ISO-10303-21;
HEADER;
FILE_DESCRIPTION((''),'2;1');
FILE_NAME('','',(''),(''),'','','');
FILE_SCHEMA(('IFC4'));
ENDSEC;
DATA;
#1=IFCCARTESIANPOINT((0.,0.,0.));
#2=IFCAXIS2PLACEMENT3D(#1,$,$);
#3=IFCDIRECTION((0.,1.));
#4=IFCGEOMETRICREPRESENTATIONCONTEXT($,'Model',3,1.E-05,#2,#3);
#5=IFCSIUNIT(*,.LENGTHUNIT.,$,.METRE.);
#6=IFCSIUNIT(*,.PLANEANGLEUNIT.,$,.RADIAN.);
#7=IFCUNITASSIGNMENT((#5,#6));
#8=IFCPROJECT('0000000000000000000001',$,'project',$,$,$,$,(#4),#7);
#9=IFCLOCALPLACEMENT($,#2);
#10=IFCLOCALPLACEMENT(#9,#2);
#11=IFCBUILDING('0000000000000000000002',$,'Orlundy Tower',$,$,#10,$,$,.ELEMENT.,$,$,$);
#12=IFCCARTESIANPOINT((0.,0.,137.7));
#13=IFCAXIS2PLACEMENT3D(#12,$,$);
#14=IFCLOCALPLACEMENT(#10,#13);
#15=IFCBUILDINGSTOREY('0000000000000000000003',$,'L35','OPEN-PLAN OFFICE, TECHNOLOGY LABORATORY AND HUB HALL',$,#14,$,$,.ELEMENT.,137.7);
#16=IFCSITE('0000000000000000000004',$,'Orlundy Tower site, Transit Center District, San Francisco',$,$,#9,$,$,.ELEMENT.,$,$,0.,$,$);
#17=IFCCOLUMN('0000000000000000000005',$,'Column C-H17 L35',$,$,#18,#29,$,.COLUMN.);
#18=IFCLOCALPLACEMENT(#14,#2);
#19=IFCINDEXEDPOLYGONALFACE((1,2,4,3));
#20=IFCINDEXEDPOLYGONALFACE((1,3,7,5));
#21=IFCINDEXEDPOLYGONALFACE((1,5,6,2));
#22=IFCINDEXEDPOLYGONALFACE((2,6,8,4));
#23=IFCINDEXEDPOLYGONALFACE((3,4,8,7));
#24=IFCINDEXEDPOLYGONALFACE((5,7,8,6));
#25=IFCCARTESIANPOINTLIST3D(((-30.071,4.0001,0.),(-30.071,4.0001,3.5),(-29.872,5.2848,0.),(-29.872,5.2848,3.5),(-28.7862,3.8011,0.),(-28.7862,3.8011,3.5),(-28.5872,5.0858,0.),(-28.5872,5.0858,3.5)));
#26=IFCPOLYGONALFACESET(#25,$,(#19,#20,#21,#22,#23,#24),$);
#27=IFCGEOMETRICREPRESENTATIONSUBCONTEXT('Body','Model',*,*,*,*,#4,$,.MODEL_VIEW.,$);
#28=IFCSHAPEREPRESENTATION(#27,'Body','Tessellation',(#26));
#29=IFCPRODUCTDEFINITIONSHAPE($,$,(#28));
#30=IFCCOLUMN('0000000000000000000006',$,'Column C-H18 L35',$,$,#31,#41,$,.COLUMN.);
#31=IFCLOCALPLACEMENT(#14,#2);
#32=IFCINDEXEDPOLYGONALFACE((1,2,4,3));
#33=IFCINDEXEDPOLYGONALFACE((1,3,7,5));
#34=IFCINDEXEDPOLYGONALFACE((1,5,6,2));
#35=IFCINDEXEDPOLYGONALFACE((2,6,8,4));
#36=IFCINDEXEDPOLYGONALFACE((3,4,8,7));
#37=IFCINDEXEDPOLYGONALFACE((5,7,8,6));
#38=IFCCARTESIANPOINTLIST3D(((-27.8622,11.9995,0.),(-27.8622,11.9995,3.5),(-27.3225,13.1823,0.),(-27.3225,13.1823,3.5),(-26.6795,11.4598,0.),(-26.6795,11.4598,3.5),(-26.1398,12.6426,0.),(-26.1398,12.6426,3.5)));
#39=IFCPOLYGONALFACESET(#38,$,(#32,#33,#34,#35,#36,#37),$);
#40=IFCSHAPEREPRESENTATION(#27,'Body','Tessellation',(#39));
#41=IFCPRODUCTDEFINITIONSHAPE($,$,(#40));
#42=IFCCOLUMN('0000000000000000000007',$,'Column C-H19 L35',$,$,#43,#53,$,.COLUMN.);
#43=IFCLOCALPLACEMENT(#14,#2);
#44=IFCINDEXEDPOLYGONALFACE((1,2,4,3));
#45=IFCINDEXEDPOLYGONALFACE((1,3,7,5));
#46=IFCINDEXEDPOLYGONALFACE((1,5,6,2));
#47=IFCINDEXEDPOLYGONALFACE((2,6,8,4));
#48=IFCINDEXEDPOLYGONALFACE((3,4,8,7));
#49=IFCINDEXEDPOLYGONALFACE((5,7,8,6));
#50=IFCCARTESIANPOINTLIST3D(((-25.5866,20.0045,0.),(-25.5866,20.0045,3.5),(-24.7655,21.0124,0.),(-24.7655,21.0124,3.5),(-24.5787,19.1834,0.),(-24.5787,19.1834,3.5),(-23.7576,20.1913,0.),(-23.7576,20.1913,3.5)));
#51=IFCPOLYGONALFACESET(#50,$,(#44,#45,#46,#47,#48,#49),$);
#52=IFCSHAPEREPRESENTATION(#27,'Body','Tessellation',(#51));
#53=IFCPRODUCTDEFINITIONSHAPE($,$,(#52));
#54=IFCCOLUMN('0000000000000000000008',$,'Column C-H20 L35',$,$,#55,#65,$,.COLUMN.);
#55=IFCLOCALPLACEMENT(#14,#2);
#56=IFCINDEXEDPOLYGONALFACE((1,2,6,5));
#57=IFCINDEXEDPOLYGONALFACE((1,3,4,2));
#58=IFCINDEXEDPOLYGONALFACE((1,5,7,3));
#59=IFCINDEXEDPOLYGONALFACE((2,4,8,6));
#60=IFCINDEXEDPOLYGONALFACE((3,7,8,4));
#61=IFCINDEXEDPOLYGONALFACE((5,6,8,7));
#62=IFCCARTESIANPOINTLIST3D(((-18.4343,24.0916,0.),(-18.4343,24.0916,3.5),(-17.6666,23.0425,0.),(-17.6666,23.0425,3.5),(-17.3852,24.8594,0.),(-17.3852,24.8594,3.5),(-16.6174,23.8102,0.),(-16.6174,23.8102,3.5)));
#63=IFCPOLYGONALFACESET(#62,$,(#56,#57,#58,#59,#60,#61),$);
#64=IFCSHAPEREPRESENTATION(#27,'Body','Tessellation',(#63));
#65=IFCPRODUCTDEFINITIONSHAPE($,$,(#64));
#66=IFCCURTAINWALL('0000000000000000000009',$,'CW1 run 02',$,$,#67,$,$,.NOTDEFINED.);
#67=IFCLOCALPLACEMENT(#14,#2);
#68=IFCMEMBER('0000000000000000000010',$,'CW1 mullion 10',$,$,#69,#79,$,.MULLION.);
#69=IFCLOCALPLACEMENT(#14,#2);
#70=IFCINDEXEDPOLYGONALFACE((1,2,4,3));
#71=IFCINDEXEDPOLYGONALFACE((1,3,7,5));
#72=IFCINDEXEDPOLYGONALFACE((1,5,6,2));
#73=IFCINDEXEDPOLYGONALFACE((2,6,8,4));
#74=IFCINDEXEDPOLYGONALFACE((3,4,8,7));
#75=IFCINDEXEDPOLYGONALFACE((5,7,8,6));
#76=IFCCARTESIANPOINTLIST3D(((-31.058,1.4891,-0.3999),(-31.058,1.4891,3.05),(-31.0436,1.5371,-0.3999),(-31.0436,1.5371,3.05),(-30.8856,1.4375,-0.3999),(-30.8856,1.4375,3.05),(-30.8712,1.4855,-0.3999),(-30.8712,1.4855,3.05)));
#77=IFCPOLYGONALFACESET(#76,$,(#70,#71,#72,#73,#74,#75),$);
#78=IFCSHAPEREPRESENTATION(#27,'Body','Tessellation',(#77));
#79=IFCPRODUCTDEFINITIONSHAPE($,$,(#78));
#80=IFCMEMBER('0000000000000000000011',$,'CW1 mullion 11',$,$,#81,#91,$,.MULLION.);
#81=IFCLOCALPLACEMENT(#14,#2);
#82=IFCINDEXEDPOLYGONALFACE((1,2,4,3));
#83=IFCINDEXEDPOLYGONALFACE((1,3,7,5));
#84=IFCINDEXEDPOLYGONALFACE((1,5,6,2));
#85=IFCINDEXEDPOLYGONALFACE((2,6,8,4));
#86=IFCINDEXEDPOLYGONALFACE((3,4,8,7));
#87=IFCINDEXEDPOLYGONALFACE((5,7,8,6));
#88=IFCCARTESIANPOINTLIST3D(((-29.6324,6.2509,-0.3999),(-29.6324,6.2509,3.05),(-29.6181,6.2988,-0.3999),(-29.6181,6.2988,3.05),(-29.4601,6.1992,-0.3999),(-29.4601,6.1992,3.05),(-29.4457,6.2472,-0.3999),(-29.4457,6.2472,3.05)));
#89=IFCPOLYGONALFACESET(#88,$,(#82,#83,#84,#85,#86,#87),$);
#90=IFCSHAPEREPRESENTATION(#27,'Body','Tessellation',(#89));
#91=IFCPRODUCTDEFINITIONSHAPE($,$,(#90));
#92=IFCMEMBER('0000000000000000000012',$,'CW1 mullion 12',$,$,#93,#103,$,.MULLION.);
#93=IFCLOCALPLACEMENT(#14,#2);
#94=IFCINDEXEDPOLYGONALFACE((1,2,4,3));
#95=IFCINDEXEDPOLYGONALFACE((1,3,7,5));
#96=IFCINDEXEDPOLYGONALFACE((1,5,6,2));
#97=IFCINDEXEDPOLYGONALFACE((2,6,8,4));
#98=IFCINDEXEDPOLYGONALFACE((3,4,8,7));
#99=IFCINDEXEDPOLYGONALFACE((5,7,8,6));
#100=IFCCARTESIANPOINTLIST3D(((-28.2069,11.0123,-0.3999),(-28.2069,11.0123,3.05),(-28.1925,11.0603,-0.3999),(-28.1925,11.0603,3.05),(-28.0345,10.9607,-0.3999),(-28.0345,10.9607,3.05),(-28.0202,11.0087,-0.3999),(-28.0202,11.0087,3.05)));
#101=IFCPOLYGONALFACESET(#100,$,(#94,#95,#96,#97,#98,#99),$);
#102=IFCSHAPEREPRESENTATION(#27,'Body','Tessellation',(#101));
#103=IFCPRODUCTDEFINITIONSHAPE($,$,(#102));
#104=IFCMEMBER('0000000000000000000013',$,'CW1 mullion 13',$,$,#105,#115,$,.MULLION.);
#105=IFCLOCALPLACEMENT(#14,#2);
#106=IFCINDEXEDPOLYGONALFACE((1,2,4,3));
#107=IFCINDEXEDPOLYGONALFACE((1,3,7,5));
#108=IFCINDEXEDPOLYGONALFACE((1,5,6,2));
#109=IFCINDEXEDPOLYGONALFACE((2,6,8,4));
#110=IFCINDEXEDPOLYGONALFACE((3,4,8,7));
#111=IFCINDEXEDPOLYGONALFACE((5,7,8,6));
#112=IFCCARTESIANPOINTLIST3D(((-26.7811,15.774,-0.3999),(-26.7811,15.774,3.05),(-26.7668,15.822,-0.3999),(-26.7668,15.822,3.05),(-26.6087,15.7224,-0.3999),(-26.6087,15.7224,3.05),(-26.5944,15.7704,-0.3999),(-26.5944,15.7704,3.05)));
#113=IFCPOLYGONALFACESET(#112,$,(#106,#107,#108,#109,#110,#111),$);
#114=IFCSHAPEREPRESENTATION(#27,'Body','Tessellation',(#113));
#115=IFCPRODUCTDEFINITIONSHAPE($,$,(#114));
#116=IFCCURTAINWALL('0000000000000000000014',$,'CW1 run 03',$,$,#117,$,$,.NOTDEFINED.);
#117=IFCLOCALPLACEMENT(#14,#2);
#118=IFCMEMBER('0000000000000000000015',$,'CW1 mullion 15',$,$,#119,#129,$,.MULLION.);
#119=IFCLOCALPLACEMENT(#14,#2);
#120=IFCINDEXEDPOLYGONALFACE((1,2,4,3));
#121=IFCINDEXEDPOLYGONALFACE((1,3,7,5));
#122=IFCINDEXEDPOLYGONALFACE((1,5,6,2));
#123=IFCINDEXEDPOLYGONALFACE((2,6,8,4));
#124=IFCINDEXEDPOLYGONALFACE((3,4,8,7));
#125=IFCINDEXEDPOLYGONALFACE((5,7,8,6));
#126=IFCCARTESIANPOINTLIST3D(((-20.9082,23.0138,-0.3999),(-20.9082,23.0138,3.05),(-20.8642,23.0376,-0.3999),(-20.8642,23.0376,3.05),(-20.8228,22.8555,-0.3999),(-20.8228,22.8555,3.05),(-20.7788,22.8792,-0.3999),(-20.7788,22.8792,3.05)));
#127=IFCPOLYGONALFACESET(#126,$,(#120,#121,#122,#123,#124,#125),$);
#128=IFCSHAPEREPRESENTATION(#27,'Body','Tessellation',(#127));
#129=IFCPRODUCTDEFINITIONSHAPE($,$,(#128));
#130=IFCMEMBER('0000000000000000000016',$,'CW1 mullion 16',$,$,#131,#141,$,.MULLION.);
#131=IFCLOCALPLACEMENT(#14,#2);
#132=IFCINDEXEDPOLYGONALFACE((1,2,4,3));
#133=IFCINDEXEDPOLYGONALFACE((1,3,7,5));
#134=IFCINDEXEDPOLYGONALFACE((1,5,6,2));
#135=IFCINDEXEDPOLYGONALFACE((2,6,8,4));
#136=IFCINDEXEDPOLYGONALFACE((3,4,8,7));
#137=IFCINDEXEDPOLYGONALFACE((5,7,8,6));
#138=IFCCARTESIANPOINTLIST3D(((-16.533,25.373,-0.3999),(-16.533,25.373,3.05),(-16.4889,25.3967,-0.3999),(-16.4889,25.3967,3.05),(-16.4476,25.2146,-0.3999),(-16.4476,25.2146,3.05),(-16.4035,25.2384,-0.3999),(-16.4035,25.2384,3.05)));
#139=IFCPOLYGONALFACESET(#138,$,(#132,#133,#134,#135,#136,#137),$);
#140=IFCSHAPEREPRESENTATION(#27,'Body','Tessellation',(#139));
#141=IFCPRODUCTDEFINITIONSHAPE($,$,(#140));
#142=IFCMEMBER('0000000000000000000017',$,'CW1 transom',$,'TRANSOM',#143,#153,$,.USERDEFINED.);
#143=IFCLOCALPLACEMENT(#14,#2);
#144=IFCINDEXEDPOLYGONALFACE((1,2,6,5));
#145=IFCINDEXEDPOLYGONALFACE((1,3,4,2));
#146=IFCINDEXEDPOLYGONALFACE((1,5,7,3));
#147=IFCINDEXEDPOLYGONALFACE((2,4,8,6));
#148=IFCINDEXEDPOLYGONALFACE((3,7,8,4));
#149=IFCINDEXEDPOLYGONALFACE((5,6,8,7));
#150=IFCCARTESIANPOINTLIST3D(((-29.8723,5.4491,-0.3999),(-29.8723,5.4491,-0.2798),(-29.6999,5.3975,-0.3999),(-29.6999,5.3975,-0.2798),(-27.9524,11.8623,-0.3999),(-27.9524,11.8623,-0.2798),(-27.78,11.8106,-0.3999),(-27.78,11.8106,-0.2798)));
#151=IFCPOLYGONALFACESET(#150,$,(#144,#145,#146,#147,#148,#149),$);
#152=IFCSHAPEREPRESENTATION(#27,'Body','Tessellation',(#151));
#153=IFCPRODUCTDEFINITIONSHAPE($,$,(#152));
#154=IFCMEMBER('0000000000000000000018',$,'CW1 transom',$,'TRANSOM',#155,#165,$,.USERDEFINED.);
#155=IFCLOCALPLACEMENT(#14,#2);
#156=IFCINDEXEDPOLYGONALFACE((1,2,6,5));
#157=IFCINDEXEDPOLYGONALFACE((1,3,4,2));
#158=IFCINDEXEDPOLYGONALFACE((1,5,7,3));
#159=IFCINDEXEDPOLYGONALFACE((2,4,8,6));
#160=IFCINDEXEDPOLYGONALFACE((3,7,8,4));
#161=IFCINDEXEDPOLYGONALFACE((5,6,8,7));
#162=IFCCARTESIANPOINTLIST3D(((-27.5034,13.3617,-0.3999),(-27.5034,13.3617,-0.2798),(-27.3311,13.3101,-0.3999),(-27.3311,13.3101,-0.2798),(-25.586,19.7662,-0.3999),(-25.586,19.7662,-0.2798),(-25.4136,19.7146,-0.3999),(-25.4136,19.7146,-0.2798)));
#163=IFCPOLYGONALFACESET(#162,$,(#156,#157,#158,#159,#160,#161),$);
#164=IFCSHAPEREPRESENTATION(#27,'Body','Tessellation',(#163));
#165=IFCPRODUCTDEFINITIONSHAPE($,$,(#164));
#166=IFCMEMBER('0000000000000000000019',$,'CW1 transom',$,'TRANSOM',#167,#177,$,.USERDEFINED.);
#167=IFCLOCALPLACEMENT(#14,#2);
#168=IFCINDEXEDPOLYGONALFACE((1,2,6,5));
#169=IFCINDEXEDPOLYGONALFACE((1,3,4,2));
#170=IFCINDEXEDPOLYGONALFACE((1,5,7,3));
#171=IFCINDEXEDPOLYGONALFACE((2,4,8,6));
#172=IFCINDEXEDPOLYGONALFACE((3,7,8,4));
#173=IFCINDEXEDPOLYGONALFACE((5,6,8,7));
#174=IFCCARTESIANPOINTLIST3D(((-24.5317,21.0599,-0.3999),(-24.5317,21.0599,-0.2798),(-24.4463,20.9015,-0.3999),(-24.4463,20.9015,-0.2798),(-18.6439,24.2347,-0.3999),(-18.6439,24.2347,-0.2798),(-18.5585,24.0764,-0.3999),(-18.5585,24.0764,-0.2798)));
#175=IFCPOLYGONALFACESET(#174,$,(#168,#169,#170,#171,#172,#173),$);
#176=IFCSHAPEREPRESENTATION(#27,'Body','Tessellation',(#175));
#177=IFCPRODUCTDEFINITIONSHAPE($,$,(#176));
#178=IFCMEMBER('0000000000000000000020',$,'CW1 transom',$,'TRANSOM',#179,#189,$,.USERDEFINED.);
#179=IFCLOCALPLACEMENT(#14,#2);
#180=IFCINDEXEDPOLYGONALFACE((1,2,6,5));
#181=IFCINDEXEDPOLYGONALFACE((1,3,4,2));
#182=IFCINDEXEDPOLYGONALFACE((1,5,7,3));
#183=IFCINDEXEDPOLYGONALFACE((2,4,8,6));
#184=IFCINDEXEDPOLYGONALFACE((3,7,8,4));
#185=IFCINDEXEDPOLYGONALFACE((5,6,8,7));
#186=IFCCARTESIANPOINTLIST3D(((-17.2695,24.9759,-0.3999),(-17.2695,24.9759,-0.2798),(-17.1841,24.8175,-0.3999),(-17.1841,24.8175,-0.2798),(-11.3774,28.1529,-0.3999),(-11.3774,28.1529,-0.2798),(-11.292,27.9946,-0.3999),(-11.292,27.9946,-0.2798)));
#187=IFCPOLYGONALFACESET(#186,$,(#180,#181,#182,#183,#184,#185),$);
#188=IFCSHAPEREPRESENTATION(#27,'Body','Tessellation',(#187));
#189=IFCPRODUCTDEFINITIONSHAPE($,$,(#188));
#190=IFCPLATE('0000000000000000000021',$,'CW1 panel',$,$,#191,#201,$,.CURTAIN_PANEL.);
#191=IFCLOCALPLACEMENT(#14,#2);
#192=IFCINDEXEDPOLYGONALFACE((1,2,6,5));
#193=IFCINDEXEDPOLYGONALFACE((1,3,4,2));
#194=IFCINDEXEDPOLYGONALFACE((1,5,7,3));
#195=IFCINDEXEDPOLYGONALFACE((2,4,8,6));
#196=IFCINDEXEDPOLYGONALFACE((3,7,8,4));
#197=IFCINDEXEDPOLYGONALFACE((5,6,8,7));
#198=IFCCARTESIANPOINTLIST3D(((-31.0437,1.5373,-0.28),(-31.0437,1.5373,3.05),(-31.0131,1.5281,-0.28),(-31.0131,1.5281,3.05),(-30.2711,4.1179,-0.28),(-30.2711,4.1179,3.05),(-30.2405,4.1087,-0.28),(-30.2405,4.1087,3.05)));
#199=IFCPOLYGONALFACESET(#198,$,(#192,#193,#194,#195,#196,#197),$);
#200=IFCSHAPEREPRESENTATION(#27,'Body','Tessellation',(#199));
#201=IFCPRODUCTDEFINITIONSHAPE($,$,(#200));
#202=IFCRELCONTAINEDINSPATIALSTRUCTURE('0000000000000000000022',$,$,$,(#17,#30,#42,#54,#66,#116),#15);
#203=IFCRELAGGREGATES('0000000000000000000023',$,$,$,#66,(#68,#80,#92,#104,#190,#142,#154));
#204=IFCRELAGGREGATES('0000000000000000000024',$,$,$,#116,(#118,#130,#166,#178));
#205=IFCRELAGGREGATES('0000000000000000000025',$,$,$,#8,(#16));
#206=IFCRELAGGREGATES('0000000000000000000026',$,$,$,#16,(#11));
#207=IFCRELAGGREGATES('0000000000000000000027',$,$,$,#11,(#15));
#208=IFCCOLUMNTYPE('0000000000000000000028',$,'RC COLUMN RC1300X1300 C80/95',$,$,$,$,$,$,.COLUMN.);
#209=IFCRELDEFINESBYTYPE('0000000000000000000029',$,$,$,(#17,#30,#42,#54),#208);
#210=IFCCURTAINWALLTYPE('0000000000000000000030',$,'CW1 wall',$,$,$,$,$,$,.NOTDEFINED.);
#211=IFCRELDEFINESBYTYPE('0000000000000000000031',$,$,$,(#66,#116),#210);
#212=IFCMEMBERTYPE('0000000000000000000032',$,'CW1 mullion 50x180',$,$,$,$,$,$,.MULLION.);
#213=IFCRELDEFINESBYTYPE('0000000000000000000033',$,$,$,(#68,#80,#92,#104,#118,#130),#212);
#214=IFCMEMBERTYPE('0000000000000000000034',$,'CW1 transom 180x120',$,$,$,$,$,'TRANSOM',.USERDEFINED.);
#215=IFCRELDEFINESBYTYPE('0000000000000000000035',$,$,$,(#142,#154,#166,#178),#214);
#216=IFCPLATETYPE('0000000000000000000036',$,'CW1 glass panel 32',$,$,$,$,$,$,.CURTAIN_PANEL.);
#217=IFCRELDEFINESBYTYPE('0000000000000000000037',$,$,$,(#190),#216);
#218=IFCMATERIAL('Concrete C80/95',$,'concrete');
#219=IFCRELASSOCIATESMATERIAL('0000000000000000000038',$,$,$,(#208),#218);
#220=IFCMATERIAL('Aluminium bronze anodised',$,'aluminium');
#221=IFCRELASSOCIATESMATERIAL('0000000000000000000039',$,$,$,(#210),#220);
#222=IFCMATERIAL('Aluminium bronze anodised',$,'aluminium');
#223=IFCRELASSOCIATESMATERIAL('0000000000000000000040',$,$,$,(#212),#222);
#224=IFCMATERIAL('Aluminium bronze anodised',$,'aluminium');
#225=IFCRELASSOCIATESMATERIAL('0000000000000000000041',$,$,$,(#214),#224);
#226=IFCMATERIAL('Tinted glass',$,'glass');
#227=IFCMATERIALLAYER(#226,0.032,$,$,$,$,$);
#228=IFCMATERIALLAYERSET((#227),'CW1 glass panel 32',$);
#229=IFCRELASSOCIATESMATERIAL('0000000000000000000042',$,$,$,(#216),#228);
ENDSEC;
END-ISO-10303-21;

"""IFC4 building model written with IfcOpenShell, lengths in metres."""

from ifc_helpers import new_model, si_unit, direction, frame, origin, origin_2d, place, context, subcontext, project, spatial, rectangle, extrude, material, layer, layer_set, material_profile, profile_set, type_object, element, aggregate, save


model = new_model("IFC4")

# Units and contexts
model_context = context("Model", 3, precision=1e-05, world=origin(), true_north=direction((0.0, 1.0)))
body_context = subcontext(model_context, "Body", "Model", "MODEL_VIEW")
ifc_project = project(units=[si_unit("LENGTHUNIT", "METRE"), si_unit("PLANEANGLEUNIT", "RADIAN")], contexts=[model_context])

# Site, building, storey
site_placement = place(None, origin())
site = spatial("IfcSite", under=ifc_project, at=site_placement, Name="Orlundy Tower site, Transit Center District, San Francisco", CompositionType="ELEMENT", RefElevation=0.0)
building_placement = place(site_placement, origin())
building = spatial("IfcBuilding", under=site, at=building_placement, Name="Orlundy Tower", CompositionType="ELEMENT")
storey_placement = place(building_placement, frame((0.0, 0.0, 137.7)))
storey = spatial("IfcBuildingStorey", under=building, at=storey_placement, Name="L35", Description="OPEN-PLAN OFFICE, TECHNOLOGY LABORATORY AND HUB HALL", CompositionType="ELEMENT", Elevation=137.7)

# Columns
ifc_material_1 = material(Name="Concrete C80/95", Category="concrete")
ifc_material_profile_1 = material_profile(ifc_material_1, rectangle(XDim=1.3, YDim=1.3, at=origin_2d()), Name="RC1300X1300")
ifc_profile_set_1 = profile_set([ifc_material_profile_1], Name="Concrete C80/95")
column_type = type_object("IfcColumnType", Name="RC COLUMN RC1300X1300 C80/95", PredefinedType="COLUMN", material=ifc_profile_set_1)
for number, where, z_axis, x_axis, name in (
    (1, (-29.3291, 4.543, 0.0), (0.0, 0.0, 1.0), (-0.988215, 0.153072, 0.0), "Column C-H17 L35"),
    (2, (-27.001, 12.321, 0.0), (0.0, 0.0, 1.0), (-0.909759, 0.415138, 0.0), "Column C-H18 L35"),
    (3, (-24.6721, 20.0979, 0.0), (0.0, 0.0, 1.0), (-0.775308, 0.631583, 0.0), "Column C-H19 L35"),
    (4, (-17.5259, 23.9509, 0.0), (0.0, 0.0, 1.0), (-0.590535, 0.807012, 0.0), "Column C-H20 L35"),
):
    element("IfcColumn", number, at=place(storey_placement, frame(where, z_axis=z_axis, x_axis=x_axis)), inside=storey, type_object=column_type, Name=name, PredefinedType="COLUMN", context=body_context, shape_type="SweptSolid", body=[
        extrude(rectangle(XDim=1.3, YDim=1.3, at=origin_2d()), origin(), (0.0, 0.0, 1.0), 3.5),
    ])

# Curtain walls, members
ifc_material_2 = material(Name="Aluminium bronze anodised", Category="aluminium")
curtain_wall_type = type_object("IfcCurtainWallType", Name="CW1 wall", PredefinedType="NOTDEFINED", material=ifc_material_2)
curtain_wall_1_placement = place(storey_placement, origin())
curtain_wall_1 = element("IfcCurtainWall", 5, at=curtain_wall_1_placement, inside=storey, type_object=curtain_wall_type, Name="CW1 run 02", PredefinedType="NOTDEFINED")
ifc_material_3 = material(Name="Aluminium bronze anodised", Category="aluminium")
ifc_material_profile_2 = material_profile(ifc_material_3, rectangle(XDim=0.1799, YDim=0.05, at=origin_2d()), Name="CW1 mullion 50x180")
ifc_profile_set_2 = profile_set([ifc_material_profile_2], Name="Aluminium bronze anodised")
member_type_1 = type_object("IfcMemberType", Name="CW1 mullion 50x180", PredefinedType="MULLION", material=ifc_profile_set_2)
member_1_placement = place(storey_placement, frame((-30.9646, 1.4873, -0.3999), z_axis=(0.0, 0.0, 1.0), x_axis=(-0.957986, 0.286816, 0.0)))
member_1 = element("IfcMember", 6, at=member_1_placement, type_object=member_type_1, Name="CW1 mullion 10", PredefinedType="MULLION", context=body_context, shape_type="SweptSolid", body=[
    extrude(rectangle(XDim=0.1799, YDim=0.05, at=origin_2d()), origin(), (0.0, 0.0, 1.0), 3.45),
])
member_2_placement = place(storey_placement, frame((-29.5391, 6.249, -0.3999), z_axis=(0.0, 0.0, 1.0), x_axis=(-0.957986, 0.286816, 0.0)))
member_2 = element("IfcMember", 7, at=member_2_placement, type_object=member_type_1, Name="CW1 mullion 11", PredefinedType="MULLION", context=body_context, shape_type="SweptSolid", body=[
    extrude(rectangle(XDim=0.1799, YDim=0.05, at=origin_2d()), origin(), (0.0, 0.0, 1.0), 3.45),
])
member_3_placement = place(storey_placement, frame((-28.1135, 11.0105, -0.3999), z_axis=(0.0, 0.0, 1.0), x_axis=(-0.957986, 0.286816, 0.0)))
member_3 = element("IfcMember", 8, at=member_3_placement, type_object=member_type_1, Name="CW1 mullion 12", PredefinedType="MULLION", context=body_context, shape_type="SweptSolid", body=[
    extrude(rectangle(XDim=0.1799, YDim=0.05, at=origin_2d()), origin(), (0.0, 0.0, 1.0), 3.45),
])
member_4_placement = place(storey_placement, frame((-26.6877, 15.7722, -0.3999), z_axis=(0.0, 0.0, 1.0), x_axis=(-0.957986, 0.286816, 0.0)))
member_4 = element("IfcMember", 9, at=member_4_placement, type_object=member_type_1, Name="CW1 mullion 13", PredefinedType="MULLION", context=body_context, shape_type="SweptSolid", body=[
    extrude(rectangle(XDim=0.1799, YDim=0.05, at=origin_2d()), origin(), (0.0, 0.0, 1.0), 3.45),
])
curtain_wall_2_placement = place(storey_placement, origin())
curtain_wall_2 = element("IfcCurtainWall", 10, at=curtain_wall_2_placement, inside=storey, type_object=curtain_wall_type, Name="CW1 run 03", PredefinedType="NOTDEFINED")
member_5_placement = place(storey_placement, frame((-20.8435, 22.9465, -0.3999), z_axis=(0.0, 0.0, 1.0), x_axis=(-0.474618, 0.880192, 0.0)))
member_5 = element("IfcMember", 11, at=member_5_placement, type_object=member_type_1, Name="CW1 mullion 15", PredefinedType="MULLION", context=body_context, shape_type="SweptSolid", body=[
    extrude(rectangle(XDim=0.1799, YDim=0.05, at=origin_2d()), origin(), (0.0, 0.0, 1.0), 3.45),
])
member_6_placement = place(storey_placement, frame((-16.4683, 25.3057, -0.3999), z_axis=(0.0, 0.0, 1.0), x_axis=(-0.474618, 0.880192, 0.0)))
member_6 = element("IfcMember", 12, at=member_6_placement, type_object=member_type_1, Name="CW1 mullion 16", PredefinedType="MULLION", context=body_context, shape_type="SweptSolid", body=[
    extrude(rectangle(XDim=0.1799, YDim=0.05, at=origin_2d()), origin(), (0.0, 0.0, 1.0), 3.45),
])

# Members
ifc_material_4 = material(Name="Aluminium bronze anodised", Category="aluminium")
ifc_material_profile_3 = material_profile(ifc_material_4, rectangle(XDim=0.1799, YDim=0.1201, at=origin_2d()), Name="CW1 transom 180x120")
ifc_profile_set_3 = profile_set([ifc_material_profile_3], Name="Aluminium bronze anodised")
member_type_2 = type_object("IfcMemberType", Name="CW1 transom 180x120", ElementType="TRANSOM", PredefinedType="USERDEFINED", material=ifc_profile_set_3)
member_7_placement = place(storey_placement, frame((-29.7861, 5.4233, -0.3398), z_axis=(0.286799, 0.957991, 0.0), x_axis=(-0.957991, 0.286799, 0.0)))
member_7 = element("IfcMember", 13, at=member_7_placement, type_object=member_type_2, Name="CW1 transom", ObjectType="TRANSOM", PredefinedType="USERDEFINED", context=body_context, shape_type="SweptSolid", body=[
    extrude(rectangle(XDim=0.1799, YDim=0.1201, at=origin_2d()), origin(), (0.0, 0.0, 1.0), 6.6943),
])
member_8_placement = place(storey_placement, frame((-27.4172, 13.3359, -0.3398), z_axis=(0.286815, 0.957986, 0.0), x_axis=(-0.957986, 0.286815, 0.0)))
member_8 = element("IfcMember", 14, at=member_8_placement, type_object=member_type_2, Name="CW1 transom", ObjectType="TRANSOM", PredefinedType="USERDEFINED", context=body_context, shape_type="SweptSolid", body=[
    extrude(rectangle(XDim=0.1799, YDim=0.1201, at=origin_2d()), origin(), (0.0, 0.0, 1.0), 6.6853),
])
member_9_placement = place(storey_placement, frame((-24.489, 20.9807, -0.3398), z_axis=(0.88019, 0.474622, 0.0), x_axis=(-0.474622, 0.88019, 0.0)))
member_9 = element("IfcMember", 15, at=member_9_placement, type_object=member_type_2, Name="CW1 transom", ObjectType="TRANSOM", PredefinedType="USERDEFINED", context=body_context, shape_type="SweptSolid", body=[
    extrude(rectangle(XDim=0.1799, YDim=0.1201, at=origin_2d()), origin(), (0.0, 0.0, 1.0), 6.6892),
])
member_10_placement = place(storey_placement, frame((-17.2268, 24.8967, -0.3398), z_axis=(0.8802, 0.474602, 0.0), x_axis=(-0.474602, 0.8802, 0.0)))
member_10 = element("IfcMember", 16, at=member_10_placement, type_object=member_type_2, Name="CW1 transom", ObjectType="TRANSOM", PredefinedType="USERDEFINED", context=body_context, shape_type="SweptSolid", body=[
    extrude(rectangle(XDim=0.1799, YDim=0.1201, at=origin_2d()), origin(), (0.0, 0.0, 1.0), 6.6941),
])

# Plate
ifc_material_5 = material(Name="Tinted glass", Category="glass")
ifc_layer_1 = layer(ifc_material_5, 0.032)
ifc_layer_set_1 = layer_set([ifc_layer_1], Name="CW1 glass panel 32")
plate_type = type_object("IfcPlateType", Name="CW1 glass panel 32", PredefinedType="CURTAIN_PANEL", material=ifc_layer_set_1)
plate_1_placement = place(storey_placement, frame((-30.6421, 2.823, -0.28), z_axis=(0.0, 0.0, 1.0), x_axis=(0.286816, 0.957986, 0.0)))
plate_1 = element("IfcPlate", 17, at=plate_1_placement, type_object=plate_type, Name="CW1 panel", PredefinedType="CURTAIN_PANEL", context=body_context, shape_type="SweptSolid", body=[
    extrude(rectangle(XDim=2.6938, YDim=0.032, at=origin_2d()), origin(), (0.0, 0.0, 1.0), 3.3301),
])
aggregate(curtain_wall_1, [member_1, member_2, member_3, member_4, plate_1, member_7, member_8])
aggregate(curtain_wall_2, [member_5, member_6, member_9, member_10])

save(model, "model.ifc")
